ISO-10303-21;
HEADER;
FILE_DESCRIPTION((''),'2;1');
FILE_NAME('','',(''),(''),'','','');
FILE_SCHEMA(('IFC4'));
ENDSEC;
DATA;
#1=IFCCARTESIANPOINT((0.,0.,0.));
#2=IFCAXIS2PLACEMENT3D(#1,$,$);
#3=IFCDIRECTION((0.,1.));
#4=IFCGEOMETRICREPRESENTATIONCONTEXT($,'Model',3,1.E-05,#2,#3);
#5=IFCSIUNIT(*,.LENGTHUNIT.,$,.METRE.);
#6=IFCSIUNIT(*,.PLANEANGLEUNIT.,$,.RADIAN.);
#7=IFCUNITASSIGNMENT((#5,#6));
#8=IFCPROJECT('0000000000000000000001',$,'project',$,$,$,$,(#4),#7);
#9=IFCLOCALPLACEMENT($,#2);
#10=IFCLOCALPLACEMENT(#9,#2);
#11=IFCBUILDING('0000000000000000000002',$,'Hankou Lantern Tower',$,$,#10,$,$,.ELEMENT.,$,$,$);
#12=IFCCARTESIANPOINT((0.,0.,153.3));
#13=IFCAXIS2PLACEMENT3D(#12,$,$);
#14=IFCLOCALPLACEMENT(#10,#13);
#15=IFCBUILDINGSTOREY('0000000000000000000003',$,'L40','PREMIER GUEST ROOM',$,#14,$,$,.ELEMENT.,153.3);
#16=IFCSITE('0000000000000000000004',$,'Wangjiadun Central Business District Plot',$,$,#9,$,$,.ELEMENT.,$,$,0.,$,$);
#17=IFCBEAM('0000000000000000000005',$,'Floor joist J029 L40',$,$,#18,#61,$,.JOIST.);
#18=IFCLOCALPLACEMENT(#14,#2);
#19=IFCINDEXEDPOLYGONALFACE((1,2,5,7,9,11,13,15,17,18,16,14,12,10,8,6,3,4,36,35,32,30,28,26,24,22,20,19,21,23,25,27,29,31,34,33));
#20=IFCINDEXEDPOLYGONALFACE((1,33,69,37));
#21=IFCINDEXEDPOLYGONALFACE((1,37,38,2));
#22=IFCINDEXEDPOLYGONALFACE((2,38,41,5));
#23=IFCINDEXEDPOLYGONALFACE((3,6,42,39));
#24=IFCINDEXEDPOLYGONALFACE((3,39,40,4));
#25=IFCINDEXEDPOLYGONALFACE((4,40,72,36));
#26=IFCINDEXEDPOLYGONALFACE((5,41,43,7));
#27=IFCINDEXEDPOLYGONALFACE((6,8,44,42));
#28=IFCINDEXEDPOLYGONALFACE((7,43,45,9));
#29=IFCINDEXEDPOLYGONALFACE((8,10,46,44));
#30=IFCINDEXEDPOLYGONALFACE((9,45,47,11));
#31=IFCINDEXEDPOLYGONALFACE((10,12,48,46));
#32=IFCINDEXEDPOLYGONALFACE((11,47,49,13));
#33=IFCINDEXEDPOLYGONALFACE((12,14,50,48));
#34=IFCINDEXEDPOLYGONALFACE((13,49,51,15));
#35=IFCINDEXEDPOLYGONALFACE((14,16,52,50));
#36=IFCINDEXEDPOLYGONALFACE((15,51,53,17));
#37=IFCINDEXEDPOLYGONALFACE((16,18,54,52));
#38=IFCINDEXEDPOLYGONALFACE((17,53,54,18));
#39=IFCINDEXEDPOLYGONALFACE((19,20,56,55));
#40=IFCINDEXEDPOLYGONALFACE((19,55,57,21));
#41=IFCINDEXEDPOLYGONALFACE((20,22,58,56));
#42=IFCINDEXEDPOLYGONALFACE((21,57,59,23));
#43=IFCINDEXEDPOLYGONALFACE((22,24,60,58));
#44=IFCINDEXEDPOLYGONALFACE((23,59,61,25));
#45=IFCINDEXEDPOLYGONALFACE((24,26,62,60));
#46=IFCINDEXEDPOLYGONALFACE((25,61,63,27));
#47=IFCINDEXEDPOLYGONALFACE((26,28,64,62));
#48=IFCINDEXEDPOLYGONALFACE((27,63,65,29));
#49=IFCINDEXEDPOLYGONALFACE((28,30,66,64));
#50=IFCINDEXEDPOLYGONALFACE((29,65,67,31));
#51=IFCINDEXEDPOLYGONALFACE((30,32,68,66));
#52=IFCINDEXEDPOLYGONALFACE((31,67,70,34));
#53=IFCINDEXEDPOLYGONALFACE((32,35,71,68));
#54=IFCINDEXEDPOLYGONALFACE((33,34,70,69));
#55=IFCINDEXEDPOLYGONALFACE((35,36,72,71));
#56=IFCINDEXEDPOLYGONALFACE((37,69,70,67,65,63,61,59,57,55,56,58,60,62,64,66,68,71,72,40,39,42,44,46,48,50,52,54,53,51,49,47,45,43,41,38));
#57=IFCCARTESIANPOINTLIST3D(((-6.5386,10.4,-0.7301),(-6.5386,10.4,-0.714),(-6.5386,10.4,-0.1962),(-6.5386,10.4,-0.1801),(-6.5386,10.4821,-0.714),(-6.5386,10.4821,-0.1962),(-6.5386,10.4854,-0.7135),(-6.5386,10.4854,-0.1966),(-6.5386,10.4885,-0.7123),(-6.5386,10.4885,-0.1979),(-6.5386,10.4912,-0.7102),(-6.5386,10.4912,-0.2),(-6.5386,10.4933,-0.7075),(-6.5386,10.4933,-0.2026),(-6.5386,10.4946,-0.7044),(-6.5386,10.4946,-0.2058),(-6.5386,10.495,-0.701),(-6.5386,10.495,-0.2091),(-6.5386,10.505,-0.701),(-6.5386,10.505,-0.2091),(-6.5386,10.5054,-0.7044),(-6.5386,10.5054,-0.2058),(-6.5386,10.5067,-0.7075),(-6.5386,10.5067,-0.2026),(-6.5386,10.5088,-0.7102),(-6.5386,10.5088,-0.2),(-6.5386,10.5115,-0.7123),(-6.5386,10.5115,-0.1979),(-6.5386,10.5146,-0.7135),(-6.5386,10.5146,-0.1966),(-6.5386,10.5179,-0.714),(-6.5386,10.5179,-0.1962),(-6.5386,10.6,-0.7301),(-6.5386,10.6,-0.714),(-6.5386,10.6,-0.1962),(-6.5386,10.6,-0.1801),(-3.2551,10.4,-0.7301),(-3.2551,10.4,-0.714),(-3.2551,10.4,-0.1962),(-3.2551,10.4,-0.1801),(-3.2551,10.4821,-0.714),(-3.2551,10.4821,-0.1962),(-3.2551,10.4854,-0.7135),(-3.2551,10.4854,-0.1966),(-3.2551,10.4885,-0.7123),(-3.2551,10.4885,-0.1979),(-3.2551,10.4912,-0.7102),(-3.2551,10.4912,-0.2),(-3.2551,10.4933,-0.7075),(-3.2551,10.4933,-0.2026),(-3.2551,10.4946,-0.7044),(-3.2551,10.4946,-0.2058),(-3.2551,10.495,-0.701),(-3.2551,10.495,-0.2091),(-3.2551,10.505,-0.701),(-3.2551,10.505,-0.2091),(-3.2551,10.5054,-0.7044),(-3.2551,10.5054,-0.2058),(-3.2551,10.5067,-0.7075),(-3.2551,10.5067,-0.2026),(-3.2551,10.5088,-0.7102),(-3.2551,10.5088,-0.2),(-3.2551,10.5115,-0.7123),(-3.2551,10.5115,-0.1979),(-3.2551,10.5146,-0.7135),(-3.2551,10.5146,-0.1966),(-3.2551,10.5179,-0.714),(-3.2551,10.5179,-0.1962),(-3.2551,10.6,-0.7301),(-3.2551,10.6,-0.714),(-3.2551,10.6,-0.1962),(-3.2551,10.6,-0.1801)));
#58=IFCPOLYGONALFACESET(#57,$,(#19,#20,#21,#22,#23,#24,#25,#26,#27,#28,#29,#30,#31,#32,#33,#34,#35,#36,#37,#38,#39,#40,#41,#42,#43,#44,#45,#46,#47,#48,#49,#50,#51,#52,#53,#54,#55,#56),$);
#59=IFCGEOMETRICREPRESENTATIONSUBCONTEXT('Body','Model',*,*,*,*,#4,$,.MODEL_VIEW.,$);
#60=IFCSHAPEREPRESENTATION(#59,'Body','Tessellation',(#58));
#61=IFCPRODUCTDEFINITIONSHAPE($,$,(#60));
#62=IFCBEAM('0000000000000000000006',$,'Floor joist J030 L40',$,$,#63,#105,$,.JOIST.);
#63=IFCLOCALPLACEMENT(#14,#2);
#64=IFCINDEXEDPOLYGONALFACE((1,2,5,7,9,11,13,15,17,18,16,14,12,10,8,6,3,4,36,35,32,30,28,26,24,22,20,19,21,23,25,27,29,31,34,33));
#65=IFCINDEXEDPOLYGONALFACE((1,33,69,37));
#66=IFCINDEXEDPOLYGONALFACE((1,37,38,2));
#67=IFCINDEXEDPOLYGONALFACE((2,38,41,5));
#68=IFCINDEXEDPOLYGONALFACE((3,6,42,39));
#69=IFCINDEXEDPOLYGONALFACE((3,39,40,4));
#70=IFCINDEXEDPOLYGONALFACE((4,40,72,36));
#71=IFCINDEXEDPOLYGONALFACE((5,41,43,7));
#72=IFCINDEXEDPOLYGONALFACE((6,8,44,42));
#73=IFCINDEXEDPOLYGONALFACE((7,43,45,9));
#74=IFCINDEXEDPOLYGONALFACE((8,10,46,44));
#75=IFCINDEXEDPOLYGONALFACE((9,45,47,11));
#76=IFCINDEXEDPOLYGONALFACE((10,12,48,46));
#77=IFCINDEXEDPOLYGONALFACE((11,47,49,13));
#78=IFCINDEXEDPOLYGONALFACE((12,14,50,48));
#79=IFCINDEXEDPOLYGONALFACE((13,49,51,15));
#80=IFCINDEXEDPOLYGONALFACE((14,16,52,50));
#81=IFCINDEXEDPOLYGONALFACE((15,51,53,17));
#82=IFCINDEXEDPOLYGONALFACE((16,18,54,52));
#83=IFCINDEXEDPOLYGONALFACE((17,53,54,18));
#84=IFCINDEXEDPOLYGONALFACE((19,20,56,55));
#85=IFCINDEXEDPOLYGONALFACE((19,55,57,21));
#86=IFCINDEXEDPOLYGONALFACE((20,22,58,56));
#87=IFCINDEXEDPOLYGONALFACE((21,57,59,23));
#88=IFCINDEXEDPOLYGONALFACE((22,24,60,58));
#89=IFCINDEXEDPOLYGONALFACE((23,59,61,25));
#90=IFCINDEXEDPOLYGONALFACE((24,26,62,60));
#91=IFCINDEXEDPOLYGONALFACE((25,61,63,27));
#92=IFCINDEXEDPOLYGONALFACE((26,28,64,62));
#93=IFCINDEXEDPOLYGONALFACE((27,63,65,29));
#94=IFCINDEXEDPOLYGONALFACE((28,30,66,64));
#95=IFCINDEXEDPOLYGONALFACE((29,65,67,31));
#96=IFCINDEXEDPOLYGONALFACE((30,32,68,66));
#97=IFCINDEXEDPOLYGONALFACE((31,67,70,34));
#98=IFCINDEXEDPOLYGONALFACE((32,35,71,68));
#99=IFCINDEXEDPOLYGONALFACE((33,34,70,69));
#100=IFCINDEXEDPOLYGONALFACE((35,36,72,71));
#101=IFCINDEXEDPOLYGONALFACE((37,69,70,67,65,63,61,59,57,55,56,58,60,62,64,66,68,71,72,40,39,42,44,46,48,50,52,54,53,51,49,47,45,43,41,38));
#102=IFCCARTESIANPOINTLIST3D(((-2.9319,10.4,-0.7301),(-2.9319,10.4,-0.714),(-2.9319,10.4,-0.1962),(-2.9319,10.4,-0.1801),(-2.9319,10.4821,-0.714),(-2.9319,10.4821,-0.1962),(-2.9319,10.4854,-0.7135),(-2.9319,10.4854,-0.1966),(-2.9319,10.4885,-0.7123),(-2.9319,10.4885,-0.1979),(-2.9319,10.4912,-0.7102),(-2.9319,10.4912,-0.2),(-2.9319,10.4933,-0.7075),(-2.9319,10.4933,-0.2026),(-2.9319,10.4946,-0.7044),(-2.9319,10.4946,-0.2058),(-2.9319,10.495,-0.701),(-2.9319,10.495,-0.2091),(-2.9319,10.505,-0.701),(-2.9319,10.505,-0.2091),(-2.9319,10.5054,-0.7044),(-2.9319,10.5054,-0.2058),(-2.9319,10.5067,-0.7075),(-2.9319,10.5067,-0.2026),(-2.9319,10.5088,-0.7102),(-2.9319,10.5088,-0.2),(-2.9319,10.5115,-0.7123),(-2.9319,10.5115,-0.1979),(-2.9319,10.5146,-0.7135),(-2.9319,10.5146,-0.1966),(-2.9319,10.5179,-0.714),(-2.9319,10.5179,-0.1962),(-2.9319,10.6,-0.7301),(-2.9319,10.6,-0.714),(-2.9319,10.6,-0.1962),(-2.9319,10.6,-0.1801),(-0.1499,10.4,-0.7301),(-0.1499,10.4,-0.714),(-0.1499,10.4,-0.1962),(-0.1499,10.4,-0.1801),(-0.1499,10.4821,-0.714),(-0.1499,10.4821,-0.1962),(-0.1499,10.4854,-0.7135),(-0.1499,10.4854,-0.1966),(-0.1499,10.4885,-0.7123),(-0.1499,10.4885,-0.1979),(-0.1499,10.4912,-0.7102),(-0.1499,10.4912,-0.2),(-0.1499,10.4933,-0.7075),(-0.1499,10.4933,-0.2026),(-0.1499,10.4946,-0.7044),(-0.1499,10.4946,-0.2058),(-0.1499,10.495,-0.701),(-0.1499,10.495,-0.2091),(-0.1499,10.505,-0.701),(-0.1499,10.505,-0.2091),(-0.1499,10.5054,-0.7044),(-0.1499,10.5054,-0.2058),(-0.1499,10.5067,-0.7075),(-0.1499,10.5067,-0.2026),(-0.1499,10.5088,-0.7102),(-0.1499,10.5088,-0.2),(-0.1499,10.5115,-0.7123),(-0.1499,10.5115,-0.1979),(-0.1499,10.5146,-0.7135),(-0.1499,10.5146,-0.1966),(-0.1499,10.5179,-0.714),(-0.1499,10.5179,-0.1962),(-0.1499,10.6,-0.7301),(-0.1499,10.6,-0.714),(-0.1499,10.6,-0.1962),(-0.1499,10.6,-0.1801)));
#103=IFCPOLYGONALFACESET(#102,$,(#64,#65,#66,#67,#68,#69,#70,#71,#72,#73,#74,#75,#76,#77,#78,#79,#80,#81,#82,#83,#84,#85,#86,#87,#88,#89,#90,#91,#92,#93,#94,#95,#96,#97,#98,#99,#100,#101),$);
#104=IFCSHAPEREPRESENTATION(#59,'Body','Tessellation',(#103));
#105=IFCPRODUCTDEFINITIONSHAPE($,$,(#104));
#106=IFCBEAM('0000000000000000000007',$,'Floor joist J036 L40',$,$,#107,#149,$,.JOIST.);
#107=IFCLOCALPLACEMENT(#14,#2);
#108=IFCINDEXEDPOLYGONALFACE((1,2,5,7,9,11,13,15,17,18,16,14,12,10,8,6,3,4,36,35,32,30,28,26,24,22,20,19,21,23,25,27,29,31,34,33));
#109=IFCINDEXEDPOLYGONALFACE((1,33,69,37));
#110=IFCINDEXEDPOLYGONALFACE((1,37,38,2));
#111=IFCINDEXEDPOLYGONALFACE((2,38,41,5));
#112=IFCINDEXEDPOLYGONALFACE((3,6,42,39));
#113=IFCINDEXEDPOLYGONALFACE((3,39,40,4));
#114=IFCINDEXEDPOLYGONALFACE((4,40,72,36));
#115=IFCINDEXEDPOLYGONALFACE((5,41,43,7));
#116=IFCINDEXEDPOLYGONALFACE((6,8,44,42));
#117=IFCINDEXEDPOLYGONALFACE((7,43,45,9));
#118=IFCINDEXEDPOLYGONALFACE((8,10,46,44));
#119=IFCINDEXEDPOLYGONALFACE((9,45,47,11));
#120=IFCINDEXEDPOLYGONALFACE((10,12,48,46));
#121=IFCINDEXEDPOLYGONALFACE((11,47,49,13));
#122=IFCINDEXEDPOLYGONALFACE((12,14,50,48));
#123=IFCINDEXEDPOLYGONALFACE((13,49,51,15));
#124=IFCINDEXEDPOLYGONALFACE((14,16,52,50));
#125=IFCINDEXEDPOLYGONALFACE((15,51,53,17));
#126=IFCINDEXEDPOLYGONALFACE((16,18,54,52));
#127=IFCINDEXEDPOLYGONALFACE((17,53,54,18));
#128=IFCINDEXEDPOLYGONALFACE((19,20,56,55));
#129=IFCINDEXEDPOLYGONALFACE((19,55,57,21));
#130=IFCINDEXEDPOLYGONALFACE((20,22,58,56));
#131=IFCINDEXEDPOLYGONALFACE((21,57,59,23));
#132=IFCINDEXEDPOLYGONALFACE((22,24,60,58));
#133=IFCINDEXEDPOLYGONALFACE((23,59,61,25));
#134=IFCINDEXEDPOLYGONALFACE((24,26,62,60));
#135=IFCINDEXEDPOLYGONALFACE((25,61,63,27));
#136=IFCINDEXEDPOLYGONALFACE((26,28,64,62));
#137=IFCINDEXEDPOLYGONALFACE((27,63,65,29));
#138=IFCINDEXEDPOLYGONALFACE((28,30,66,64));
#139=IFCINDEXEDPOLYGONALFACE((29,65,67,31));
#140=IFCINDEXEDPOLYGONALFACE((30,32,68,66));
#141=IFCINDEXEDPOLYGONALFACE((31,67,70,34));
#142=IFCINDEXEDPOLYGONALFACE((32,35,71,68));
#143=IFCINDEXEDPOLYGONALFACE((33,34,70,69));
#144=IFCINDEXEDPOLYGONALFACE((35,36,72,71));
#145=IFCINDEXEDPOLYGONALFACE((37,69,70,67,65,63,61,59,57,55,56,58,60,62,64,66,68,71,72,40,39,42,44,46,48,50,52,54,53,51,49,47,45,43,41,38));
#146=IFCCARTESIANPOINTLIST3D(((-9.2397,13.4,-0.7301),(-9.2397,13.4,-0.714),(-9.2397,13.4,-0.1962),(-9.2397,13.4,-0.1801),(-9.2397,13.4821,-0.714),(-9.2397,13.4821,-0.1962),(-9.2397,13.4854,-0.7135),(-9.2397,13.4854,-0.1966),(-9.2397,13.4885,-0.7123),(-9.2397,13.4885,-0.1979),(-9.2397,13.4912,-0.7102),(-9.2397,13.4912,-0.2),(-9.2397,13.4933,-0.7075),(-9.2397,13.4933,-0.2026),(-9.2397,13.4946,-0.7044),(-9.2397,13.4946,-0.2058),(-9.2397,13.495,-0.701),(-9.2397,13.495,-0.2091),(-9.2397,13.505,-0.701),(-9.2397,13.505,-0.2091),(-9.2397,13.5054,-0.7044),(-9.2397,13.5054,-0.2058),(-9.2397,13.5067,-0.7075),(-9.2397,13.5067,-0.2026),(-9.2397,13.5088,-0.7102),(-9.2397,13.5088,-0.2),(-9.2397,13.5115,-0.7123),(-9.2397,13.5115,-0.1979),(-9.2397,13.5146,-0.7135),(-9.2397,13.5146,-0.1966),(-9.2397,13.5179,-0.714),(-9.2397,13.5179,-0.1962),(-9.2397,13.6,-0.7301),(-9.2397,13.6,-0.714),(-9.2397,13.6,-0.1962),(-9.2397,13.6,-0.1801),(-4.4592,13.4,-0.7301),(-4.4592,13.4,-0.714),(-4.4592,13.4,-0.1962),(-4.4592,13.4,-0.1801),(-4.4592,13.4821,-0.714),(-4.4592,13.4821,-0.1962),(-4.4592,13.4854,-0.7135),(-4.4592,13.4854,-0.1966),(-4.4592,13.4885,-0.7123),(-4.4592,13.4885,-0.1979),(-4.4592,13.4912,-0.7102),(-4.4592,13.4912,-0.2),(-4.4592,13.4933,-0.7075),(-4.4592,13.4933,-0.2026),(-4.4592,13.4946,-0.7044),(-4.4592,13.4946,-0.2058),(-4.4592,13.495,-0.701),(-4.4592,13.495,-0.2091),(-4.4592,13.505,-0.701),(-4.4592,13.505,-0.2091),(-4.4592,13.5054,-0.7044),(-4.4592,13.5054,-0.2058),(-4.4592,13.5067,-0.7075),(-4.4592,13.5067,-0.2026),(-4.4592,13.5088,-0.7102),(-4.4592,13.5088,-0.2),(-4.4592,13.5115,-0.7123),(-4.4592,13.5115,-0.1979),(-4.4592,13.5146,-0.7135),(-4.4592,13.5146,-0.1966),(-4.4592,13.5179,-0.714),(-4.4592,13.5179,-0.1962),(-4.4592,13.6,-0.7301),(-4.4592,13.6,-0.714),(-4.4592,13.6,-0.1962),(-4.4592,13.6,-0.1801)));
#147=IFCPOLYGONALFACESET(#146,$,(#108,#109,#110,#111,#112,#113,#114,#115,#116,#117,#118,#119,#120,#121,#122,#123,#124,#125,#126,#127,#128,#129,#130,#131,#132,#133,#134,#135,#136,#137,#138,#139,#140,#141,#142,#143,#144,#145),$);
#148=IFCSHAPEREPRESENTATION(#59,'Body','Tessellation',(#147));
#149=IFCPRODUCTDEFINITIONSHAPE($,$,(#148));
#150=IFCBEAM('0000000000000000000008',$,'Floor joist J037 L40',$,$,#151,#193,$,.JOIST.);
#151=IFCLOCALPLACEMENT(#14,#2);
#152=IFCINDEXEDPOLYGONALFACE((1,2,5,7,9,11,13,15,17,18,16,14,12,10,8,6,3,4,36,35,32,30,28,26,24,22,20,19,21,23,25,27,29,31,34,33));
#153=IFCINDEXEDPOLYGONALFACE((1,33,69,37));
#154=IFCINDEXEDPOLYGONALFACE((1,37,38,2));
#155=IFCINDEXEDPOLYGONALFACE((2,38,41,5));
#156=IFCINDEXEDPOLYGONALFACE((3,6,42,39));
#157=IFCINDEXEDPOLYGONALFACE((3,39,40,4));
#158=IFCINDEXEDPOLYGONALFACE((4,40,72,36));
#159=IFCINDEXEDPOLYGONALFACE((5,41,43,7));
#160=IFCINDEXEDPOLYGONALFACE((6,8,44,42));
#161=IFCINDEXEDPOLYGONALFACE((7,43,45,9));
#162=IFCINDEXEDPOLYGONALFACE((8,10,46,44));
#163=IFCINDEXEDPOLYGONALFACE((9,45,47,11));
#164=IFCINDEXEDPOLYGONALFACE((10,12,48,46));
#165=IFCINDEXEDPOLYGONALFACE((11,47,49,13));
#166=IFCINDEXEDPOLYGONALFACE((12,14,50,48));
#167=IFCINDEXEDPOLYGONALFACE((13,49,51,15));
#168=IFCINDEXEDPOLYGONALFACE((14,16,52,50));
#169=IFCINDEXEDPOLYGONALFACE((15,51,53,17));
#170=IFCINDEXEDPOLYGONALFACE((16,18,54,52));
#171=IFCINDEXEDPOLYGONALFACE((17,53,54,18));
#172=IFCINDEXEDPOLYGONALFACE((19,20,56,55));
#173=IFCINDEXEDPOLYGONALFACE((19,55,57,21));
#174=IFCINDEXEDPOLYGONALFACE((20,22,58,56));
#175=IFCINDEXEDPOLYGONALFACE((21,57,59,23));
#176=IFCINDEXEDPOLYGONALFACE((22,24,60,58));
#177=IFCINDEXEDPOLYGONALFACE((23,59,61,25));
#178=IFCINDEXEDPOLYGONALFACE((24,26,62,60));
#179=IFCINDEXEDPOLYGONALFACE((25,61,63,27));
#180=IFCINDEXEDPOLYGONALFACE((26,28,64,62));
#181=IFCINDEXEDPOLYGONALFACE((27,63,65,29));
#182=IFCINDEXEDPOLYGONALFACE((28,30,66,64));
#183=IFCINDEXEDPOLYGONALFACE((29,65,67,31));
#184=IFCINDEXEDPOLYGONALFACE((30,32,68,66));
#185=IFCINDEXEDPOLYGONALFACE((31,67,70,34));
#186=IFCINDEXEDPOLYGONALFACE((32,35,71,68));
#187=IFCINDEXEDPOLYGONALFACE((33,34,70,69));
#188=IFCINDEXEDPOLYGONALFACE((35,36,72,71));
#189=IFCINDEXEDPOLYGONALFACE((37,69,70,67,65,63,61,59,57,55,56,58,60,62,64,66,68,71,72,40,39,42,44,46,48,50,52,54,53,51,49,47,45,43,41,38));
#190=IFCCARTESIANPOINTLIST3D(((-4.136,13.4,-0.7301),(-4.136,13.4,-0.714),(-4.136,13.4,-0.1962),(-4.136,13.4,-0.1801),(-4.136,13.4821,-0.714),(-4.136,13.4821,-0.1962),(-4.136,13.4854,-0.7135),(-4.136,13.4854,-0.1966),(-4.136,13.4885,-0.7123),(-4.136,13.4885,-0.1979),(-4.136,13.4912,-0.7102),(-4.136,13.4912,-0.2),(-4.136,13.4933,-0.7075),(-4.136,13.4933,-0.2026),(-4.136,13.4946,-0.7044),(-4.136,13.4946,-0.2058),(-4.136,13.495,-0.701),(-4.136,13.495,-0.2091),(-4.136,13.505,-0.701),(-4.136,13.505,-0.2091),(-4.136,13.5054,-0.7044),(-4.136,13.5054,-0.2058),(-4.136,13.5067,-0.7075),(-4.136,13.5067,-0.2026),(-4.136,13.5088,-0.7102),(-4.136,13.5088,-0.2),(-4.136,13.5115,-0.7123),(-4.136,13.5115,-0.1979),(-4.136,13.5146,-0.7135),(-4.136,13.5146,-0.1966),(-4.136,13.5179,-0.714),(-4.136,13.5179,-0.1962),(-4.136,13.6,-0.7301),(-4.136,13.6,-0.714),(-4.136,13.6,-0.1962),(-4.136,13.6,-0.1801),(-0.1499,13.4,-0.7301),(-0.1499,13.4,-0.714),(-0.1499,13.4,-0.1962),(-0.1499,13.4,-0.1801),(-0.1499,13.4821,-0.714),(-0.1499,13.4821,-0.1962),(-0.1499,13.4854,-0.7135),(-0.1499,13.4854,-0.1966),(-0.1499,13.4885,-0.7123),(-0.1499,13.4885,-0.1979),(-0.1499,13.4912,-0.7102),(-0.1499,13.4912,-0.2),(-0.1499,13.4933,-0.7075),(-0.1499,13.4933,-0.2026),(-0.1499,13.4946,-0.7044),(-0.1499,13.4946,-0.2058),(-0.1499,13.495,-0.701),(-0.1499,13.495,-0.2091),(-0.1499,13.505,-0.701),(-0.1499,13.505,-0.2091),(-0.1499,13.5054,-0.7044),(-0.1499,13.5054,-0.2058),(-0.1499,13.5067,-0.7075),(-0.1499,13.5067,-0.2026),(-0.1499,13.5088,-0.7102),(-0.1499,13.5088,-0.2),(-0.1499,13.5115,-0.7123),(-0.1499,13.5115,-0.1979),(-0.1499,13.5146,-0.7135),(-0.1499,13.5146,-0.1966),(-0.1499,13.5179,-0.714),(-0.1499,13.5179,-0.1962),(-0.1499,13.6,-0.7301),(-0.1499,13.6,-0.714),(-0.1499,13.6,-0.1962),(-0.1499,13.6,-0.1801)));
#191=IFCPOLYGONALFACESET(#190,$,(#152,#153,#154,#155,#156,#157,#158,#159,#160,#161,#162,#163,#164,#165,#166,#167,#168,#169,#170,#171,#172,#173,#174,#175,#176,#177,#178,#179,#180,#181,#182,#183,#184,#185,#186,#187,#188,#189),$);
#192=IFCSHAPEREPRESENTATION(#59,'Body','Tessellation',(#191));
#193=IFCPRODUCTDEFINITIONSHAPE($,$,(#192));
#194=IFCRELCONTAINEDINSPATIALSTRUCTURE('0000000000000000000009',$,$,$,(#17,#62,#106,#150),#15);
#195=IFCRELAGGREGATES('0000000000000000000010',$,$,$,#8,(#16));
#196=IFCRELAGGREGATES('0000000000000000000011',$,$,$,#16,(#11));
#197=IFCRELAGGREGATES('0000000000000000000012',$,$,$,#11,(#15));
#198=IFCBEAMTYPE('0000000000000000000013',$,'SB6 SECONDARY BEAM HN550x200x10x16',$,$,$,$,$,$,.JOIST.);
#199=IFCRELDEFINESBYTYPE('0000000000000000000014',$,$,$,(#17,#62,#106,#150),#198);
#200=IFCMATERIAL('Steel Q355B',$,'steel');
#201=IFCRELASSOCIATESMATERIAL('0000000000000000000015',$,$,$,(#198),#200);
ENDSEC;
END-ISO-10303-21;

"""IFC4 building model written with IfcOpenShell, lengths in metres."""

from ifc_helpers import new_model, si_unit, direction, frame, origin, origin_2d, place, context, subcontext, project, spatial, i_section, extrude, material, material_profile, profile_set, type_object, element, save


model = new_model("IFC4")

# Units and contexts
model_context = context("Model", 3, precision=1e-05, world=origin(), true_north=direction((0.0, 1.0)))
body_context = subcontext(model_context, "Body", "Model", "MODEL_VIEW")
ifc_project = project(units=[si_unit("LENGTHUNIT", "METRE"), si_unit("PLANEANGLEUNIT", "RADIAN")], contexts=[model_context])

# Site, building, storey
site_placement = place(None, origin())
site = spatial("IfcSite", under=ifc_project, at=site_placement, Name="Wangjiadun Central Business District Plot", CompositionType="ELEMENT", RefElevation=0.0)
building_placement = place(site_placement, origin())
building = spatial("IfcBuilding", under=site, at=building_placement, Name="Hankou Lantern Tower", CompositionType="ELEMENT")
storey_placement = place(building_placement, frame((0.0, 0.0, 153.3)))
storey = spatial("IfcBuildingStorey", under=building, at=storey_placement, Name="L40", Description="PREMIER GUEST ROOM", CompositionType="ELEMENT", Elevation=153.3)

# Beams
ifc_material_1 = material(Name="Steel Q355B", Category="steel")
ifc_material_profile_1 = material_profile(ifc_material_1, i_section(OverallWidth=0.2, OverallDepth=0.55, WebThickness=0.01, FlangeThickness=0.0161, FilletRadius=0.0129, at=origin_2d()), Name="HN550x200x10x16")
ifc_profile_set_1 = profile_set([ifc_material_profile_1], Name="Steel Q355B")
beam_type_1 = type_object("IfcBeamType", Name="SB6 SECONDARY BEAM HN550x200x10x16", PredefinedType="JOIST", material=ifc_profile_set_1)
beam_1_placement = place(storey_placement, frame((-6.5386, 10.5, -0.4551), z_axis=(1.0, 0.0, 0.0), x_axis=(0.0, 1.0, 0.0)))
element("IfcBeam", 1, at=beam_1_placement, inside=storey, type_object=beam_type_1, Name="Floor joist J029 L40", PredefinedType="JOIST", context=body_context, shape_type="SweptSolid", body=[
    extrude(i_section(OverallWidth=0.2, OverallDepth=0.55, WebThickness=0.01, FlangeThickness=0.0161, FilletRadius=0.0129, at=origin_2d()), origin(), (0.0, 0.0, 1.0), 3.2834),
])
beam_2_placement = place(storey_placement, frame((-2.9319, 10.5, -0.4551), z_axis=(1.0, 0.0, 0.0), x_axis=(0.0, 1.0, 0.0)))
element("IfcBeam", 2, at=beam_2_placement, inside=storey, type_object=beam_type_1, Name="Floor joist J030 L40", PredefinedType="JOIST", context=body_context, shape_type="SweptSolid", body=[
    extrude(i_section(OverallWidth=0.2, OverallDepth=0.55, WebThickness=0.01, FlangeThickness=0.0161, FilletRadius=0.0129, at=origin_2d()), origin(), (0.0, 0.0, 1.0), 2.782),
])
beam_3_placement = place(storey_placement, frame((-9.2397, 13.5, -0.4551), z_axis=(1.0, 0.0, 0.0), x_axis=(0.0, 1.0, 0.0)))
element("IfcBeam", 3, at=beam_3_placement, inside=storey, type_object=beam_type_1, Name="Floor joist J036 L40", PredefinedType="JOIST", context=body_context, shape_type="SweptSolid", body=[
    extrude(i_section(OverallWidth=0.2, OverallDepth=0.55, WebThickness=0.01, FlangeThickness=0.0161, FilletRadius=0.0129, at=origin_2d()), origin(), (0.0, 0.0, 1.0), 4.7805),
])
beam_4_placement = place(storey_placement, frame((-4.136, 13.5, -0.4551), z_axis=(1.0, 0.0, 0.0), x_axis=(0.0, 1.0, 0.0)))
element("IfcBeam", 4, at=beam_4_placement, inside=storey, type_object=beam_type_1, Name="Floor joist J037 L40", PredefinedType="JOIST", context=body_context, shape_type="SweptSolid", body=[
    extrude(i_section(OverallWidth=0.2, OverallDepth=0.55, WebThickness=0.01, FlangeThickness=0.0161, FilletRadius=0.0129, at=origin_2d()), origin(), (0.0, 0.0, 1.0), 3.9861),
])

save(model, "model.ifc")
